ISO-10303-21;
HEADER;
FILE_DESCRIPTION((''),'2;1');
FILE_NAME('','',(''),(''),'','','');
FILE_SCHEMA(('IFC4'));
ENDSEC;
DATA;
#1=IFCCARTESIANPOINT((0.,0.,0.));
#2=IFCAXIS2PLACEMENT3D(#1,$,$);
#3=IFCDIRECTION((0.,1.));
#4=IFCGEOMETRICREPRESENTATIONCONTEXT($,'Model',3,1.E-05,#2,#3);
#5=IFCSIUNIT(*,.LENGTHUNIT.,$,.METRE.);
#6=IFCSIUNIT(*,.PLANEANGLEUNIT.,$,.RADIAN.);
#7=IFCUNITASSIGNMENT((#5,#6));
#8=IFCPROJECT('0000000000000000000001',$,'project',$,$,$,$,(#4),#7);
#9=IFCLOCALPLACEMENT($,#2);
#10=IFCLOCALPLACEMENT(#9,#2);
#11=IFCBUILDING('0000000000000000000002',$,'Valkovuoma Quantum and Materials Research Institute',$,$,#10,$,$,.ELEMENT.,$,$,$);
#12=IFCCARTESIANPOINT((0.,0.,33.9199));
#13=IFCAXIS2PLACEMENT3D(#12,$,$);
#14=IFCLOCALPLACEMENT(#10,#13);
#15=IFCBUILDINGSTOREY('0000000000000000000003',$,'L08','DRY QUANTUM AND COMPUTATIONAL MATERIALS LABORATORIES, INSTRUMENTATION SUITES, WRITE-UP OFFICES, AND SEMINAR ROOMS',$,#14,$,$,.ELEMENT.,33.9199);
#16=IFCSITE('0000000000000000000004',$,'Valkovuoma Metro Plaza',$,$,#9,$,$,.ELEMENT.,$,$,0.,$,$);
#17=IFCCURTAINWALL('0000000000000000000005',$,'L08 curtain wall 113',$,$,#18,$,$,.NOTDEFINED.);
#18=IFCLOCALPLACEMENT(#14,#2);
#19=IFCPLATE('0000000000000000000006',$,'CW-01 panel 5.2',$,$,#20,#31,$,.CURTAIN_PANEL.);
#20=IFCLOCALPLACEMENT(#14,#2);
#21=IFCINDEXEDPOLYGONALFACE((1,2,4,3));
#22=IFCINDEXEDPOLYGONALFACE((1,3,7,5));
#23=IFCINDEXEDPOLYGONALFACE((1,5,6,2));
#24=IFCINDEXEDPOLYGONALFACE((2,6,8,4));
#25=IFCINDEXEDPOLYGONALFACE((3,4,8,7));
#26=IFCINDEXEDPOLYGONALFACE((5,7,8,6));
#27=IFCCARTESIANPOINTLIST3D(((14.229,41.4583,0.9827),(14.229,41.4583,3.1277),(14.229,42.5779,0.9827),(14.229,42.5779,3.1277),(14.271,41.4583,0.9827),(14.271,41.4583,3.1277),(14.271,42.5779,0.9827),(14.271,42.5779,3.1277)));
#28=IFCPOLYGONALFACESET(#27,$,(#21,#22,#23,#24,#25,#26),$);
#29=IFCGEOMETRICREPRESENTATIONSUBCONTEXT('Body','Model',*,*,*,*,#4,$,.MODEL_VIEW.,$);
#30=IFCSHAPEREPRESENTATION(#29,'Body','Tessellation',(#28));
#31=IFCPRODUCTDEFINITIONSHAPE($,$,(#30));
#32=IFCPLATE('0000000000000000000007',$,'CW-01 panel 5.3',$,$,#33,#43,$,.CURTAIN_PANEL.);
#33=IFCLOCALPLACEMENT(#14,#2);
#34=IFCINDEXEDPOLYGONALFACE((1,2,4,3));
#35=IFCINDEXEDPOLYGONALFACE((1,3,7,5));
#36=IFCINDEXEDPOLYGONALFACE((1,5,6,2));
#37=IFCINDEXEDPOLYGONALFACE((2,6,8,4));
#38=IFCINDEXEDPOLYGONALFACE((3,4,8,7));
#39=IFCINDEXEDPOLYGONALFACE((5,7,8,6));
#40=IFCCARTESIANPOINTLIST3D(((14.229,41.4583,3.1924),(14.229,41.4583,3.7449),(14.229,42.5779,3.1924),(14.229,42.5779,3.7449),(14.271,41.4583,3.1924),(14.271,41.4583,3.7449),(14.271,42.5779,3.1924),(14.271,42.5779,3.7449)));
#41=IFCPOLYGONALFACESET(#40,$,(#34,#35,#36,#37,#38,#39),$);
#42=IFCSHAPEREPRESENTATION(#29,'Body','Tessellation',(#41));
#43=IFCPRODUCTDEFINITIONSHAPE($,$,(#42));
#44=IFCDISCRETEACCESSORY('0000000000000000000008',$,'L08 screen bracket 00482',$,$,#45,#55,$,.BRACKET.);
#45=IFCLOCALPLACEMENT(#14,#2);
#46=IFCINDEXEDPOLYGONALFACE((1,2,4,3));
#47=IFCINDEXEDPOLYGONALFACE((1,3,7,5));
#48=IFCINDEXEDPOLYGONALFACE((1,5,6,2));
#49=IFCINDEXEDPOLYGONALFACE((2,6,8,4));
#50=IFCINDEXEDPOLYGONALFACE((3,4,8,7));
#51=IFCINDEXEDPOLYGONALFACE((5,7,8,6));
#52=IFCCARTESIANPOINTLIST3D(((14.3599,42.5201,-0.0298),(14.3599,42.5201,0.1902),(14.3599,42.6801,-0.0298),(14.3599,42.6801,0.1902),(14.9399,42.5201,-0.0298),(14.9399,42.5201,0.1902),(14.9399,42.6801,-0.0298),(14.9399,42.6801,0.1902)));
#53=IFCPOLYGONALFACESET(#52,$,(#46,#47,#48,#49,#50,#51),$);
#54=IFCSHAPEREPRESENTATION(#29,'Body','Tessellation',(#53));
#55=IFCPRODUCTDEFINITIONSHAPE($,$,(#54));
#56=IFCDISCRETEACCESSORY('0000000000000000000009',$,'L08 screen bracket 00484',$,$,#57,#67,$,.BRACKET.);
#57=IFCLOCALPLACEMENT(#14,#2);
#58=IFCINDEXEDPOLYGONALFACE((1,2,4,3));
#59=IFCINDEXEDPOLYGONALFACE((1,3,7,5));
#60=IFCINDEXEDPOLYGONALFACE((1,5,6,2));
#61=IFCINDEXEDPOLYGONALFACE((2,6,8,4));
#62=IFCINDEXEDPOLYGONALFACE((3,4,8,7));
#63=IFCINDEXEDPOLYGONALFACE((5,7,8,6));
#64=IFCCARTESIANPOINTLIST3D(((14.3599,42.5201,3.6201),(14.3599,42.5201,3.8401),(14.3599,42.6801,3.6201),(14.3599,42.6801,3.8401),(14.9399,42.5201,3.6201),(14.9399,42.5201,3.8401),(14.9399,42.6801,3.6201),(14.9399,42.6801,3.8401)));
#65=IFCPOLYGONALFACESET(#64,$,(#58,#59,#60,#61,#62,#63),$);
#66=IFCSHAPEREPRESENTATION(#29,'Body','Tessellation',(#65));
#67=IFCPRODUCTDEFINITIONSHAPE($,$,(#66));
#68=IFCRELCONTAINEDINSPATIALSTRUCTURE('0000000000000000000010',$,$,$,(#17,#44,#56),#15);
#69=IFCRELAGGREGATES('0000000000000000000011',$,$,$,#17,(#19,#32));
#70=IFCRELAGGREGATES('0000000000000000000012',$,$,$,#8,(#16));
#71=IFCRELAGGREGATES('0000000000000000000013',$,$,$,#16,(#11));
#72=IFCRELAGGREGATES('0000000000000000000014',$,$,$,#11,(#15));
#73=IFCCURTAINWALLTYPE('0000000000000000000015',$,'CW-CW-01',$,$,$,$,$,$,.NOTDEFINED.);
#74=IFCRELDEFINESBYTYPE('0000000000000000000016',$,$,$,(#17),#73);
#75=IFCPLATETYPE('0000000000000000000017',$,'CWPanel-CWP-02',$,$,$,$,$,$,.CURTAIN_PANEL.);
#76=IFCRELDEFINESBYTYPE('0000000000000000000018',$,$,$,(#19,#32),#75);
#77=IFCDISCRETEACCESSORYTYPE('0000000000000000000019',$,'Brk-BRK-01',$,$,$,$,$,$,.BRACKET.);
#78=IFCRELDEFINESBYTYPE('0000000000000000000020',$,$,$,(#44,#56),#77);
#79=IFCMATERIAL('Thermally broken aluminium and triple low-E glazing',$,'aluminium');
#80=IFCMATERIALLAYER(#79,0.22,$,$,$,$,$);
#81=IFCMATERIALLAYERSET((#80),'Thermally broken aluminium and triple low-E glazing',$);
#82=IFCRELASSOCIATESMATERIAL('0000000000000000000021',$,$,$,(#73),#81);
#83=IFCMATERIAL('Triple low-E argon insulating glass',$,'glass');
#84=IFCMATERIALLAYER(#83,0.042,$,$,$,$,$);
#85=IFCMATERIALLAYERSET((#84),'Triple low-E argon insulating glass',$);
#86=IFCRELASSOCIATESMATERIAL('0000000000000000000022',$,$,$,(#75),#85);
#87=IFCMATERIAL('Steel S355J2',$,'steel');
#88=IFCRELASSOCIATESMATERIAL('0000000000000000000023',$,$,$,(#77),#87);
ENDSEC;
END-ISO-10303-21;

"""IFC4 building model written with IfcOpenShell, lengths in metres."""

from ifc_helpers import new_model, si_unit, direction, frame, origin, origin_2d, place, context, subcontext, project, spatial, rectangle, extrude, material, layer, layer_set, type_object, element, aggregate, save


model = new_model("IFC4")

# Units and contexts
model_context = context("Model", 3, precision=1e-05, world=origin(), true_north=direction((0.0, 1.0)))
body_context = subcontext(model_context, "Body", "Model", "MODEL_VIEW")
ifc_project = project(units=[si_unit("LENGTHUNIT", "METRE"), si_unit("PLANEANGLEUNIT", "RADIAN")], contexts=[model_context])

# Site, building, storey
site_placement = place(None, origin())
site = spatial("IfcSite", under=ifc_project, at=site_placement, Name="Valkovuoma Metro Plaza", CompositionType="ELEMENT", RefElevation=0.0)
building_placement = place(site_placement, origin())
building = spatial("IfcBuilding", under=site, at=building_placement, Name="Valkovuoma Quantum and Materials Research Institute", CompositionType="ELEMENT")
storey_placement = place(building_placement, frame((0.0, 0.0, 33.9199)))
storey = spatial("IfcBuildingStorey", under=building, at=storey_placement, Name="L08", Description="DRY QUANTUM AND COMPUTATIONAL MATERIALS LABORATORIES, INSTRUMENTATION SUITES, WRITE-UP OFFICES, AND SEMINAR ROOMS", CompositionType="ELEMENT", Elevation=33.9199)

# Curtain wall, plates
ifc_material_1 = material(Name="Thermally broken aluminium and triple low-E glazing", Category="aluminium")
ifc_layer_1 = layer(ifc_material_1, 0.22)
ifc_layer_set_1 = layer_set([ifc_layer_1], Name="Thermally broken aluminium and triple low-E glazing")
curtain_wall_type = type_object("IfcCurtainWallType", Name="CW-CW-01", PredefinedType="NOTDEFINED", material=ifc_layer_set_1)
curtain_wall_placement = place(storey_placement, origin())
curtain_wall = element("IfcCurtainWall", 1, at=curtain_wall_placement, inside=storey, type_object=curtain_wall_type, Name="L08 curtain wall 113", PredefinedType="NOTDEFINED")
ifc_material_2 = material(Name="Triple low-E argon insulating glass", Category="glass")
ifc_layer_2 = layer(ifc_material_2, 0.042)
ifc_layer_set_2 = layer_set([ifc_layer_2], Name="Triple low-E argon insulating glass")
plate_type = type_object("IfcPlateType", Name="CWPanel-CWP-02", PredefinedType="CURTAIN_PANEL", material=ifc_layer_set_2)
plate_1_placement = place(storey_placement, frame((14.25, 42.0181, 0.9827), z_axis=(0.0, 0.0, 1.0), x_axis=(0.0, 1.0, 0.0)))
plate_1 = element("IfcPlate", 2, at=plate_1_placement, type_object=plate_type, Name="CW-01 panel 5.2", PredefinedType="CURTAIN_PANEL", context=body_context, shape_type="SweptSolid", body=[
    extrude(rectangle(XDim=1.1196, YDim=0.042, at=origin_2d()), origin(), (0.0, 0.0, 1.0), 2.145),
])
plate_2_placement = place(storey_placement, frame((14.25, 42.0181, 3.1924), z_axis=(0.0, 0.0, 1.0), x_axis=(0.0, 1.0, 0.0)))
plate_2 = element("IfcPlate", 3, at=plate_2_placement, type_object=plate_type, Name="CW-01 panel 5.3", PredefinedType="CURTAIN_PANEL", context=body_context, shape_type="SweptSolid", body=[
    extrude(rectangle(XDim=1.1196, YDim=0.042, at=origin_2d()), origin(), (0.0, 0.0, 1.0), 0.5525),
])
aggregate(curtain_wall, [plate_1, plate_2])

# Discrete accessories
ifc_material_3 = material(Name="Steel S355J2", Category="steel")
discrete_accessory_type = type_object("IfcDiscreteAccessoryType", Name="Brk-BRK-01", PredefinedType="BRACKET", material=ifc_material_3)
for number, where, z_axis, x_axis, name in (
    (4, (14.6499, 42.6001, -0.0298), (0.0, 0.0, 1.0), (1.0, 0.0, 0.0), "L08 screen bracket 00482"),
    (5, (14.6499, 42.6001, 3.6201), (0.0, 0.0, 1.0), (1.0, 0.0, 0.0), "L08 screen bracket 00484"),
):
    element("IfcDiscreteAccessory", number, at=place(storey_placement, frame(where, z_axis=z_axis, x_axis=x_axis)), inside=storey, type_object=discrete_accessory_type, Name=name, PredefinedType="BRACKET", context=body_context, shape_type="SweptSolid", body=[
        extrude(rectangle(XDim=0.5801, YDim=0.1599, at=origin_2d()), origin(), (0.0, 0.0, 1.0), 0.22),
    ])

save(model, "model.ifc")
